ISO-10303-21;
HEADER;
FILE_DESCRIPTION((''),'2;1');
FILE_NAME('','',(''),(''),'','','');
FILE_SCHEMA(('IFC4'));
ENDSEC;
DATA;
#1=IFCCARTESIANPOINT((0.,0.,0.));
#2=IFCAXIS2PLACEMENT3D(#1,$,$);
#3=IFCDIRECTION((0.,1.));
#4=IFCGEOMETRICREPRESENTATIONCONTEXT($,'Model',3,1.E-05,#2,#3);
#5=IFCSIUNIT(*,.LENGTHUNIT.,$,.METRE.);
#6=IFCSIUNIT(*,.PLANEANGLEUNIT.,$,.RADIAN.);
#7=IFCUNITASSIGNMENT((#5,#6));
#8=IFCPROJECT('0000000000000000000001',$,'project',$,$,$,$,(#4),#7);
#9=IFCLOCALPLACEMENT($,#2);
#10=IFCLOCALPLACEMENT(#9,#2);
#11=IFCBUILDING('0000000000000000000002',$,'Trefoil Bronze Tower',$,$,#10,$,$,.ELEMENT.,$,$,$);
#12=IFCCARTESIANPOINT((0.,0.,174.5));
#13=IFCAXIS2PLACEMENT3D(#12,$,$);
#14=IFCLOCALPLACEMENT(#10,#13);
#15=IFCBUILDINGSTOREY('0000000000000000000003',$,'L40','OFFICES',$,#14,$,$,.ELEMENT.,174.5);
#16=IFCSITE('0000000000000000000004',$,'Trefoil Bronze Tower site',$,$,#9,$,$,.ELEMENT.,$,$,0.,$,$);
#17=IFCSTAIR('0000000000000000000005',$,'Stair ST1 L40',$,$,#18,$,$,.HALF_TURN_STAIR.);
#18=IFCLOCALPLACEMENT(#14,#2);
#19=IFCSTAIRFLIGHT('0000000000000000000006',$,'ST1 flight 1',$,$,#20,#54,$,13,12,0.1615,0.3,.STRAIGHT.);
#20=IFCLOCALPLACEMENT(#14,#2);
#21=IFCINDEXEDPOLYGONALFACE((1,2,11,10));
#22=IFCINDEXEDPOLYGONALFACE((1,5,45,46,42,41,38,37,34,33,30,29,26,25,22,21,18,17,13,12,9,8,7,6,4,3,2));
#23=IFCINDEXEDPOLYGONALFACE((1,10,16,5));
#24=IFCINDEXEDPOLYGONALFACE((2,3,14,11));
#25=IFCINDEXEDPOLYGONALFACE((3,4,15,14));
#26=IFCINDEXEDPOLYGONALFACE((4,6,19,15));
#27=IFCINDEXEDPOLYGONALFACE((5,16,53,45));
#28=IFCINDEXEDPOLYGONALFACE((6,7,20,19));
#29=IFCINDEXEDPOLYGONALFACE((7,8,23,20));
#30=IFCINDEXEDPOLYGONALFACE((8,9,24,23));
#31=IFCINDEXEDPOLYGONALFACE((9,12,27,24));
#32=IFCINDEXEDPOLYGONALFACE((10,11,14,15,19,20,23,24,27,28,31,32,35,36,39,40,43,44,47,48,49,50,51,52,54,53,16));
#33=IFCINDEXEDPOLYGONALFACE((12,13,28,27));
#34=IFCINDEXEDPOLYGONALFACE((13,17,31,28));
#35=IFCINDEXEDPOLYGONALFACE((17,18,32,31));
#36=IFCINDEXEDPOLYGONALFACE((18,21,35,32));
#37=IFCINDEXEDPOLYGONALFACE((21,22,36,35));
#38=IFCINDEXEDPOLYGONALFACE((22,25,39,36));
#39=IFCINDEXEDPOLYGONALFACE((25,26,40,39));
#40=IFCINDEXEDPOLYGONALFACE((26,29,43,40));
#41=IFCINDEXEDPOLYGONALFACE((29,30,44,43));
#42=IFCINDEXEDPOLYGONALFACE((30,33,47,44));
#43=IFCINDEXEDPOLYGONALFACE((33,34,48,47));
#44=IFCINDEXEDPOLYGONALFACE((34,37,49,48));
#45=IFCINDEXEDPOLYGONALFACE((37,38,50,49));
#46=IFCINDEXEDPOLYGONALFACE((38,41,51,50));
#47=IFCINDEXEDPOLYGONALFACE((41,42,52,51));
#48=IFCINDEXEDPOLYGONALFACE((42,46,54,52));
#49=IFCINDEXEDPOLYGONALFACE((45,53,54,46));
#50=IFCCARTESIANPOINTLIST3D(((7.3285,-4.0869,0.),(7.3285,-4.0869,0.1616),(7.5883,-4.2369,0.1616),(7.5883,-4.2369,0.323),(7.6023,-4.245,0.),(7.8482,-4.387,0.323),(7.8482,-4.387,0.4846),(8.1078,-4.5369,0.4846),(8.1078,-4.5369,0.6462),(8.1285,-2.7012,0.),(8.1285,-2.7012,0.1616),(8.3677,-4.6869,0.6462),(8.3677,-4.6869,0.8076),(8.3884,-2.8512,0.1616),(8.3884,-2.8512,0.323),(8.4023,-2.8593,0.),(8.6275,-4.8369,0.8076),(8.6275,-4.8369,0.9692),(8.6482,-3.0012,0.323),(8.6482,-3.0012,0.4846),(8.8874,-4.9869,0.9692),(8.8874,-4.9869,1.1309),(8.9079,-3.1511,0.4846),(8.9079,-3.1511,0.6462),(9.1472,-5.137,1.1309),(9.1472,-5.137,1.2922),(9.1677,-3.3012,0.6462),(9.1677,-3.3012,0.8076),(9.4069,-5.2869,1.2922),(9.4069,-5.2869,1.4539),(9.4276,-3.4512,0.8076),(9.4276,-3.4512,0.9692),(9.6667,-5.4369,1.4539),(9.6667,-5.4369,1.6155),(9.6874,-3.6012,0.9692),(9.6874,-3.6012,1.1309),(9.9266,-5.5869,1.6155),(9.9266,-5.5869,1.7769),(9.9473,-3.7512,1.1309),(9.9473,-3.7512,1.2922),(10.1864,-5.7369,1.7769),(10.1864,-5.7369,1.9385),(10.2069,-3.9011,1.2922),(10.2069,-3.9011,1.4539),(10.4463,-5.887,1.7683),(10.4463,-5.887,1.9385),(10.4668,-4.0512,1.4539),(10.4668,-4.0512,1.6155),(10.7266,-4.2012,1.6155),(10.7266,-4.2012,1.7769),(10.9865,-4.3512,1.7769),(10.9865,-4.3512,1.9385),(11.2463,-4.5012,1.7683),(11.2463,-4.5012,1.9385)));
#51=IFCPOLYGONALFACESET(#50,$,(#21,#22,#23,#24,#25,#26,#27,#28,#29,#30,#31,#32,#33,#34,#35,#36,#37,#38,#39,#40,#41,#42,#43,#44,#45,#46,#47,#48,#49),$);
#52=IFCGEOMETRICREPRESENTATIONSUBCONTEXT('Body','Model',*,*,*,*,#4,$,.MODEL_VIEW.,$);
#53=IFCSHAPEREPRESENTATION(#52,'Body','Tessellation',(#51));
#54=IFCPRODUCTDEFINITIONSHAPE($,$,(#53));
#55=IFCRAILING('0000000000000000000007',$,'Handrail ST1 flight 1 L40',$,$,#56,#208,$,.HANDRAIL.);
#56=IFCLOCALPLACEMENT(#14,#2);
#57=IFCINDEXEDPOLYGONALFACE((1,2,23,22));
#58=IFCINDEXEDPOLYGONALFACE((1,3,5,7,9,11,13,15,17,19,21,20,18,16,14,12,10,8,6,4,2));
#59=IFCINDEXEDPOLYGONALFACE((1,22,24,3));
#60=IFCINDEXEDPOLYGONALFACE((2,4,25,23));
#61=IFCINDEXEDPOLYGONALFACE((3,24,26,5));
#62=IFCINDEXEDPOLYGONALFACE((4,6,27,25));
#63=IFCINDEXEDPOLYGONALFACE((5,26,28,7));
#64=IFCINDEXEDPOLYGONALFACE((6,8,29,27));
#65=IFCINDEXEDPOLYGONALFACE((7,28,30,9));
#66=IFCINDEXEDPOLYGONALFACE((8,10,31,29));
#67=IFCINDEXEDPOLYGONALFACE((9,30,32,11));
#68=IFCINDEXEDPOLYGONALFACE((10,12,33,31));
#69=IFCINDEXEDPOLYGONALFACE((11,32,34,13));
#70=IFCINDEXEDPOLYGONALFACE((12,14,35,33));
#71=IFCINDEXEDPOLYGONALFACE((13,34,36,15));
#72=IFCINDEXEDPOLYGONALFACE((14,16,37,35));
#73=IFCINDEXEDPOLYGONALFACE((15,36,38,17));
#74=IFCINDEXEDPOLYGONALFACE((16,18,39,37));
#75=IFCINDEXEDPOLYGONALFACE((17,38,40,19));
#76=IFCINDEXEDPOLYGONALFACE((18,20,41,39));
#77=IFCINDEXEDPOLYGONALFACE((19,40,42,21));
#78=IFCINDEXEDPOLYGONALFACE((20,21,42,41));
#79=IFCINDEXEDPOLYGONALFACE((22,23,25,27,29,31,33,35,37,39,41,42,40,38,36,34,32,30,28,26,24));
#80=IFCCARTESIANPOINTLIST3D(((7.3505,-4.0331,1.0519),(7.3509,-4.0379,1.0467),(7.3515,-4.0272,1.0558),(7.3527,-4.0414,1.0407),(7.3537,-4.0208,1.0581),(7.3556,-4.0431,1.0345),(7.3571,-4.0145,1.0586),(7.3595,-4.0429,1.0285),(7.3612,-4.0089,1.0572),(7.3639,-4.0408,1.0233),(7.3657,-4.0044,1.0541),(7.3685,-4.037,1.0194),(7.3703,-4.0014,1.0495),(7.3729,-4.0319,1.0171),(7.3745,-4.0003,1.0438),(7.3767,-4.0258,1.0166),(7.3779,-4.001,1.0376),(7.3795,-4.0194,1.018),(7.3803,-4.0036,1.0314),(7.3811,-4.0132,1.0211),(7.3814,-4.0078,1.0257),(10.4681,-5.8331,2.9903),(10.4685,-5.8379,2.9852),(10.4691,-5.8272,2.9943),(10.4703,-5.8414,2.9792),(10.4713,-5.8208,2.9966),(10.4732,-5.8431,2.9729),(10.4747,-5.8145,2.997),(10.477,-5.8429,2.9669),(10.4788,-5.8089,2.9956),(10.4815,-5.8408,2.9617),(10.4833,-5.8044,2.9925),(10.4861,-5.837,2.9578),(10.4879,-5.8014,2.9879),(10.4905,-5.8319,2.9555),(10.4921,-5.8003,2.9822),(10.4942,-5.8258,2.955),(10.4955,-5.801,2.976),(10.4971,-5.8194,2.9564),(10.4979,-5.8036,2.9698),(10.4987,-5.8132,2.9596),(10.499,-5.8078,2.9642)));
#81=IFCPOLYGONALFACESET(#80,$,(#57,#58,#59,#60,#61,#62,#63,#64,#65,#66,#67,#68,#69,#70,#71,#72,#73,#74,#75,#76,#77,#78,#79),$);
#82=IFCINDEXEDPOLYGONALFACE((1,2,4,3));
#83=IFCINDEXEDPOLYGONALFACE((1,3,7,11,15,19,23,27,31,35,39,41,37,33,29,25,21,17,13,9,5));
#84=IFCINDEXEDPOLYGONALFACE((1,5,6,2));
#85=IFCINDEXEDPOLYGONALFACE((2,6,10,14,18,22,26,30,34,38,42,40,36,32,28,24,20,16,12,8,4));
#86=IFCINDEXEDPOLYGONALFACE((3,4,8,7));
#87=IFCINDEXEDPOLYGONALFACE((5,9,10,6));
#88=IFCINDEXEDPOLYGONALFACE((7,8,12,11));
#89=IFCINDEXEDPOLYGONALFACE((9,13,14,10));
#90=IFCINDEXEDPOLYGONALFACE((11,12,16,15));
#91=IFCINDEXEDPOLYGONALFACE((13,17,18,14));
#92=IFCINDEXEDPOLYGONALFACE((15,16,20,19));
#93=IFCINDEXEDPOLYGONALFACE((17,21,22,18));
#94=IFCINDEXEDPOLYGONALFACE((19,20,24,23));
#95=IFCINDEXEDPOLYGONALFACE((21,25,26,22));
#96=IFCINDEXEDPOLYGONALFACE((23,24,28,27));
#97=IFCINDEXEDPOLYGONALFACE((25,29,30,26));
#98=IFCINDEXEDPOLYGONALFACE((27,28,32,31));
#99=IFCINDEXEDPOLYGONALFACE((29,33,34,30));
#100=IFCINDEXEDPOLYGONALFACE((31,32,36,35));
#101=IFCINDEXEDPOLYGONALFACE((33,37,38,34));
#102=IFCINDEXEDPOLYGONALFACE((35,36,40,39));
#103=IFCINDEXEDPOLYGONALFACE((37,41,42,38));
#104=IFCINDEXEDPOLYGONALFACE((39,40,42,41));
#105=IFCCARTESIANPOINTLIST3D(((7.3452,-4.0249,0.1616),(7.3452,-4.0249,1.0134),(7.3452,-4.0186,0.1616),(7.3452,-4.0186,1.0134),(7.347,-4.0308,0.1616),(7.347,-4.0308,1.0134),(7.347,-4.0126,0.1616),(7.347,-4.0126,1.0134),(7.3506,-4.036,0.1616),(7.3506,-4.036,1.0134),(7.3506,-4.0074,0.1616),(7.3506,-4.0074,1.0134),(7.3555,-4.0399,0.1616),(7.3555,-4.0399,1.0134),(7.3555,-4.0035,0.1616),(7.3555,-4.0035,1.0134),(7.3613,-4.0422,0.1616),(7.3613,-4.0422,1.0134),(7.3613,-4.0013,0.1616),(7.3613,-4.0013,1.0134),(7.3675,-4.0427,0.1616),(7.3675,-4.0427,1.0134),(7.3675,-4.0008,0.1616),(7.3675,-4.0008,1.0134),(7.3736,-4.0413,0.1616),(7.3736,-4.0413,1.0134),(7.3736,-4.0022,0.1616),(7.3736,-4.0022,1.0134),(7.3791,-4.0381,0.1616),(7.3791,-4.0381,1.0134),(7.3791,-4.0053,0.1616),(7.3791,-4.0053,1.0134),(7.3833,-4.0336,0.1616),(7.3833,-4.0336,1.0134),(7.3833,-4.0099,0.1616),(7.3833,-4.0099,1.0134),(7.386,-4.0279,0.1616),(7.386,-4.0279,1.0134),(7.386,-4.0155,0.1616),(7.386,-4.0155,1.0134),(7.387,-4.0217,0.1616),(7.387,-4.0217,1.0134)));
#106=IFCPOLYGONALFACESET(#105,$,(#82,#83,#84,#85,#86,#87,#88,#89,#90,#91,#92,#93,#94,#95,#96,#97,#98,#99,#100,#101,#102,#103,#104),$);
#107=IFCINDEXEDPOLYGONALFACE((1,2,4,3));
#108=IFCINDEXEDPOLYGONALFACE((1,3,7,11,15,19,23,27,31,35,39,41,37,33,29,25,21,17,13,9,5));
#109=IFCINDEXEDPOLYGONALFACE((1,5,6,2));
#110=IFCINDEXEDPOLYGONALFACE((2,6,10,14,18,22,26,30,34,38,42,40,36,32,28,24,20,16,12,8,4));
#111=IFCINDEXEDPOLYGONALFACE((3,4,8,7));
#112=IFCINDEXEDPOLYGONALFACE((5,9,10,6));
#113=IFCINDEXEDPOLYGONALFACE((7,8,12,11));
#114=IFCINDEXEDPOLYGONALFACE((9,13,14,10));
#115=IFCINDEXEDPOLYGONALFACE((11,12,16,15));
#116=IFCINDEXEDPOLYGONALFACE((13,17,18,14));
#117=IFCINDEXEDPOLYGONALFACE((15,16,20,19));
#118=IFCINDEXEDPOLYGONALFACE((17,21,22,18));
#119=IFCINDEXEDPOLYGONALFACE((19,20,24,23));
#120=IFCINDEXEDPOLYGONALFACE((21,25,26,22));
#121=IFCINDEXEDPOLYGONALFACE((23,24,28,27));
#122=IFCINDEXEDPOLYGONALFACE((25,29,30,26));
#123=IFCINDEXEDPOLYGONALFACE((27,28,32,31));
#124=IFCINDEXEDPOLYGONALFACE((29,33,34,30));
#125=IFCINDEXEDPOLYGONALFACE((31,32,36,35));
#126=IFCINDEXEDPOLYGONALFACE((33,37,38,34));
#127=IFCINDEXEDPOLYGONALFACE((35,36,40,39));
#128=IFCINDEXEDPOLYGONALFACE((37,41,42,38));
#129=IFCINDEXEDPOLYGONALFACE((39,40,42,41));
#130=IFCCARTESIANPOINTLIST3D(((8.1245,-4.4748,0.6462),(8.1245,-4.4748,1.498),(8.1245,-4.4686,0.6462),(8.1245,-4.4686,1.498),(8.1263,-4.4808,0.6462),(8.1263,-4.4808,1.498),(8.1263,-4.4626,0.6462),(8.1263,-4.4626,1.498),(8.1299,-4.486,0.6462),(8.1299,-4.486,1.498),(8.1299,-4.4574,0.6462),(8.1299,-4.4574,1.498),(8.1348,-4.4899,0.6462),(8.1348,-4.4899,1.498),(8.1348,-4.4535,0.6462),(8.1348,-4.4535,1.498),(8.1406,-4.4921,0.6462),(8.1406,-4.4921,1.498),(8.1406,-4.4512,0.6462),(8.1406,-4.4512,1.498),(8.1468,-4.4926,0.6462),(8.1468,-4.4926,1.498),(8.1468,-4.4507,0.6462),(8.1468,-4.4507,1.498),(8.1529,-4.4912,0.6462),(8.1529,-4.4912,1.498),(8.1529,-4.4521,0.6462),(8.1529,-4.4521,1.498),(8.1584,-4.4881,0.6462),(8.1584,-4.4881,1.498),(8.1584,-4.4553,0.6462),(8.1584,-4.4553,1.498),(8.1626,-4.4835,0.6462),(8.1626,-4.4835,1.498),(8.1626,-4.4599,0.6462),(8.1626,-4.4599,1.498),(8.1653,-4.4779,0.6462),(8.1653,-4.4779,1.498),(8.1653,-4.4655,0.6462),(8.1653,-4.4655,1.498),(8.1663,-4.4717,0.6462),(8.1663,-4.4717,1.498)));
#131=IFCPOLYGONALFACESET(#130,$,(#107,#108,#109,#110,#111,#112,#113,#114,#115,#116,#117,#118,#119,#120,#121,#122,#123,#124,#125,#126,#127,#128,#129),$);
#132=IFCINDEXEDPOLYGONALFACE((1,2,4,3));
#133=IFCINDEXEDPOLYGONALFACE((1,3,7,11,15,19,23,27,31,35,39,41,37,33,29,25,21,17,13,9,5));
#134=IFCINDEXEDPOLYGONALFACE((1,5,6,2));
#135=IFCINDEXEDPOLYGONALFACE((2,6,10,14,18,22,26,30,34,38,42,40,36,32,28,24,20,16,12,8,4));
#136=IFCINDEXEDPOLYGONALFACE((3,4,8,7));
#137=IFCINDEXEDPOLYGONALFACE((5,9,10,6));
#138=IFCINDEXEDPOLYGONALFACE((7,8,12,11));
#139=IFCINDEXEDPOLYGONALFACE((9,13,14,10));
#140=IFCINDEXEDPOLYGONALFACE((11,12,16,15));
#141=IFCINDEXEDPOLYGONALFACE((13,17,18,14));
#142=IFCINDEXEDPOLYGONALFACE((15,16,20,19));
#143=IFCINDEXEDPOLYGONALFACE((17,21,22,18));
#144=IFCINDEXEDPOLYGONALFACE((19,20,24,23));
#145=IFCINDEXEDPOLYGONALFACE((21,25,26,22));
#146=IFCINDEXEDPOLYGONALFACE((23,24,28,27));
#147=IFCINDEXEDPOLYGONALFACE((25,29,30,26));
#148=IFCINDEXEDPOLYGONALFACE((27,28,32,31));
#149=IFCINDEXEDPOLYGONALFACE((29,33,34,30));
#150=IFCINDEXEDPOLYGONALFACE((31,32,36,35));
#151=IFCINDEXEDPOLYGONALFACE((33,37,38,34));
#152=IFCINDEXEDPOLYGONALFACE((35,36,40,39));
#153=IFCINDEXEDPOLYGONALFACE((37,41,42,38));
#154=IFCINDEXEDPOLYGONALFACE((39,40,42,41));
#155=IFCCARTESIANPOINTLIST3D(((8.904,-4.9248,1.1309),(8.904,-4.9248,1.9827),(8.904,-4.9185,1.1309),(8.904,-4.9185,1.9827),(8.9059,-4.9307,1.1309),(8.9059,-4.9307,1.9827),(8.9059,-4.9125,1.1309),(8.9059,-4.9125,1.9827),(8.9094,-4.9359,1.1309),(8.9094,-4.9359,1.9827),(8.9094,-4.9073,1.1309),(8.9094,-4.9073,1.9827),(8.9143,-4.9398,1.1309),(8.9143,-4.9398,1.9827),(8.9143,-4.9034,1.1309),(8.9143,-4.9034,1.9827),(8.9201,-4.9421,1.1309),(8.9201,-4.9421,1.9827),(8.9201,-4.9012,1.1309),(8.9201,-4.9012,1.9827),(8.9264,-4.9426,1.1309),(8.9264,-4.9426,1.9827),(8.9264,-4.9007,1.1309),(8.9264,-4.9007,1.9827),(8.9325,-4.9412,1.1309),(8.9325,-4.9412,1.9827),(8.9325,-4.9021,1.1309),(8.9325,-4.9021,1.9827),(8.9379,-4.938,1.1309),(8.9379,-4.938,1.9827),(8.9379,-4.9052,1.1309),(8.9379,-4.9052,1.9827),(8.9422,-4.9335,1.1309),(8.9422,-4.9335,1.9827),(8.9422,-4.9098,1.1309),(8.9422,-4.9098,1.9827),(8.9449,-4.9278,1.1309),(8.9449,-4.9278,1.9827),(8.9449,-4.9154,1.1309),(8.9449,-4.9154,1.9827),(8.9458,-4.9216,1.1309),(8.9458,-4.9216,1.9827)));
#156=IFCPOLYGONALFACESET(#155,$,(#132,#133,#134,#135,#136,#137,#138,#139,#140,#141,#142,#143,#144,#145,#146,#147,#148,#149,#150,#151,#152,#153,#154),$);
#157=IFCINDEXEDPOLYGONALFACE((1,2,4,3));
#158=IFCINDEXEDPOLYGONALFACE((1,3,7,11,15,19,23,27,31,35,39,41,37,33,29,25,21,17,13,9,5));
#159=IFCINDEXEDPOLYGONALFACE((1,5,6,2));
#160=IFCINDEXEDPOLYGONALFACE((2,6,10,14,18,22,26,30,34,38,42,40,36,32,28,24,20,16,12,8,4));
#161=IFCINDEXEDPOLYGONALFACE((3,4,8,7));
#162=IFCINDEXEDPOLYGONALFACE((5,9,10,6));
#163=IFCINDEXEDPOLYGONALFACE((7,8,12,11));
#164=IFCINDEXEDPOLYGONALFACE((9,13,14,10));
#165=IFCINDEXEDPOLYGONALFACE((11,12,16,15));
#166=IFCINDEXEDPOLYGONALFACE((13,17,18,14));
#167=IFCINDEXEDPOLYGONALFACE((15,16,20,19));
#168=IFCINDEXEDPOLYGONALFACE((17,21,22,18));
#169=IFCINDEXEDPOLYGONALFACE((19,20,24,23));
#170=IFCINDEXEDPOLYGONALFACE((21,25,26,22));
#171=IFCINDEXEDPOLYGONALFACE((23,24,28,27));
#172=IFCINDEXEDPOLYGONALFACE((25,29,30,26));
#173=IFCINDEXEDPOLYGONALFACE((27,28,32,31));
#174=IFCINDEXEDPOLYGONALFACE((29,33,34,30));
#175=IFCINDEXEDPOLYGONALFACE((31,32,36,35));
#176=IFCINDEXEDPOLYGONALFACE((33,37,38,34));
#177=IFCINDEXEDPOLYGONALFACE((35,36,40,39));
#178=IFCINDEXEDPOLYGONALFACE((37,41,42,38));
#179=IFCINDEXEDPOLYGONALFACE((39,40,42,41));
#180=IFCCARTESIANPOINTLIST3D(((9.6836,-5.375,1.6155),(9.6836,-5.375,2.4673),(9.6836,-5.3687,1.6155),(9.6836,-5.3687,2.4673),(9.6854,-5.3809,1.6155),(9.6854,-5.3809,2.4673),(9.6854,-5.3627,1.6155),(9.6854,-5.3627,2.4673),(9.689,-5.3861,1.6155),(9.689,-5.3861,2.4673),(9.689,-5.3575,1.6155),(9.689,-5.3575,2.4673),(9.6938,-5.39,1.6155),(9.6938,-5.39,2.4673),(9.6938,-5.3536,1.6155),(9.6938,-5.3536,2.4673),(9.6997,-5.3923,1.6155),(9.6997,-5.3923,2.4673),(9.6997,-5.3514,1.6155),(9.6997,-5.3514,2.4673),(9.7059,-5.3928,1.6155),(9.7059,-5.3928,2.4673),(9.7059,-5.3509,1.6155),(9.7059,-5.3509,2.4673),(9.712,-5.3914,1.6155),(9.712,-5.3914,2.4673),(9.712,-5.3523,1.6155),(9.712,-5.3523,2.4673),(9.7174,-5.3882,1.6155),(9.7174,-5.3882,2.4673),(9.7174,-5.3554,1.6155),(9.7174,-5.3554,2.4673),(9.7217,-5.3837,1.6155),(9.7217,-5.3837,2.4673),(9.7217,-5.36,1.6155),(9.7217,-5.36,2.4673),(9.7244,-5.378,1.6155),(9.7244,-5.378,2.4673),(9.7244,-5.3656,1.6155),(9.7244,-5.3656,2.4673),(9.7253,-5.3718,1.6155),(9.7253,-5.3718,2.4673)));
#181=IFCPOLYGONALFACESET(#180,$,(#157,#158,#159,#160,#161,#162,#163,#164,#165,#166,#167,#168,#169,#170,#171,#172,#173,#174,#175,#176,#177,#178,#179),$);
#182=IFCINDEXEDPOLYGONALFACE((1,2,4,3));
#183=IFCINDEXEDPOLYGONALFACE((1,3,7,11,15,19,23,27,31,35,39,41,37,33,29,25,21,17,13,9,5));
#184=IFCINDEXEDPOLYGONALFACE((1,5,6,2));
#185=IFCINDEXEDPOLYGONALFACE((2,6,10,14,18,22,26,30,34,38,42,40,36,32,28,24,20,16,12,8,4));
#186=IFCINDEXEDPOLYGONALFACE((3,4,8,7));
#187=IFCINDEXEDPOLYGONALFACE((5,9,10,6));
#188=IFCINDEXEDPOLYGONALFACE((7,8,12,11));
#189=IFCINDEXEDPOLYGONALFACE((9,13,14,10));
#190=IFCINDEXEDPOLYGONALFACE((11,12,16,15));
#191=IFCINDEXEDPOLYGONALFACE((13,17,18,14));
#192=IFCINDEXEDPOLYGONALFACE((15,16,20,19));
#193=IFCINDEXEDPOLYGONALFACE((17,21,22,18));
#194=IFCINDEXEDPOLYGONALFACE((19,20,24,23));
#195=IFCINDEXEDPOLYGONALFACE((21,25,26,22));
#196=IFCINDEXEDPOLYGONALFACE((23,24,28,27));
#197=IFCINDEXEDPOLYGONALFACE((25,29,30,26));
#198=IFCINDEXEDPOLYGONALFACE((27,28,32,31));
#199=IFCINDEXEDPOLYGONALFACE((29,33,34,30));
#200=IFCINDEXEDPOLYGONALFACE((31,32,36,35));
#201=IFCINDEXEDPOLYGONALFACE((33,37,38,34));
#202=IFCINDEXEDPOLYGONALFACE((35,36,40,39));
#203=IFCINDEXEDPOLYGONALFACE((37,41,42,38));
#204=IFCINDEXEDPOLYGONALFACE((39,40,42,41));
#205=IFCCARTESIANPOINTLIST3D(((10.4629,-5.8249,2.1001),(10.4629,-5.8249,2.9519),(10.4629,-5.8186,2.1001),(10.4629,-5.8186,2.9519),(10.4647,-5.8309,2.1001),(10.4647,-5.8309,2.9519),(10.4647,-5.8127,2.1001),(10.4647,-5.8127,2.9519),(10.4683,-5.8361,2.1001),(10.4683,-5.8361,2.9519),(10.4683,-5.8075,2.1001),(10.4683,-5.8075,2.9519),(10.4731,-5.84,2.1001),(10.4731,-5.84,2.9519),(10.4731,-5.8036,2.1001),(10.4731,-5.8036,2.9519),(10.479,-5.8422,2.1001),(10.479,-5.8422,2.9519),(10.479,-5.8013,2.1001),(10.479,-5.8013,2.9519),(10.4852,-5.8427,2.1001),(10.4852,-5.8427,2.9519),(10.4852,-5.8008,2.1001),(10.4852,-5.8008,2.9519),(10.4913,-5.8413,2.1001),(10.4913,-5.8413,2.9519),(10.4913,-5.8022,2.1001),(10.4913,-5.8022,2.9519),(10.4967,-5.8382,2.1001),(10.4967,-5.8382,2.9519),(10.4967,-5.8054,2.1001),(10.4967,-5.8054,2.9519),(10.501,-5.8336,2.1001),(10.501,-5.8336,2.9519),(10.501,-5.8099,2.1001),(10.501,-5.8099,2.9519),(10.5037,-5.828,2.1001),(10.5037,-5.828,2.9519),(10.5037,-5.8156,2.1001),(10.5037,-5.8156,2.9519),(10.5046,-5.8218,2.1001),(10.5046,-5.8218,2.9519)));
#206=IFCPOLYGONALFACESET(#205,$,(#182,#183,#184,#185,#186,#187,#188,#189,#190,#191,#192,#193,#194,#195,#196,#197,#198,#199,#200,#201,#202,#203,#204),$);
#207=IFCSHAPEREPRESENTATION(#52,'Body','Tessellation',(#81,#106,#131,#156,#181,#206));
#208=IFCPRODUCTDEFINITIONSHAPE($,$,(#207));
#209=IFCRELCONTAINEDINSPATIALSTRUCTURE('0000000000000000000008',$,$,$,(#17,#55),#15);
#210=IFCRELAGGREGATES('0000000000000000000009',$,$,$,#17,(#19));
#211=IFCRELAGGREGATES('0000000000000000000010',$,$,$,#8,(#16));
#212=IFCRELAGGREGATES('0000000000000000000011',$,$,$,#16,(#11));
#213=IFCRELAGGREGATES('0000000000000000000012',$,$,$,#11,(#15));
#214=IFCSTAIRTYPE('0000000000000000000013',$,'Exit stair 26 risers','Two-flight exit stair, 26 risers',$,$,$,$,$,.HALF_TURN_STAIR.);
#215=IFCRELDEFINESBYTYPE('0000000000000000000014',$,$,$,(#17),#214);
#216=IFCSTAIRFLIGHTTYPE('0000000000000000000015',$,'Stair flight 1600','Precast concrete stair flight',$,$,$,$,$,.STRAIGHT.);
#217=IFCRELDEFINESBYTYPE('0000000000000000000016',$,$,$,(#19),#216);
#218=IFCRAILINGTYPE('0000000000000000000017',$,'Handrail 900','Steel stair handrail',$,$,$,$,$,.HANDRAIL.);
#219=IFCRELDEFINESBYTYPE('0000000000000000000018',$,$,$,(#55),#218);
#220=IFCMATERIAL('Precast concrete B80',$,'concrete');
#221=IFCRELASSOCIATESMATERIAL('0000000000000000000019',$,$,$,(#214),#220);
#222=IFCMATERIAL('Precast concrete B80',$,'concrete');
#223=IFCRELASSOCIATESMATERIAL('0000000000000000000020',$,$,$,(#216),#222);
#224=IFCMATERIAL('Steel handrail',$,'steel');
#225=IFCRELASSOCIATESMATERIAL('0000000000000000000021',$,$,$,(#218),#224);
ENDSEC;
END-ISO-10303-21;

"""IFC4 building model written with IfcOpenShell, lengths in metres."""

from ifc_helpers import new_model, si_unit, direction, frame, origin, origin_2d, place, context, subcontext, project, spatial, polyline, circle, outline, extrude, material, type_object, element, aggregate, save


model = new_model("IFC4")

# Units and contexts
model_context = context("Model", 3, precision=1e-05, world=origin(), true_north=direction((0.0, 1.0)))
body_context = subcontext(model_context, "Body", "Model", "MODEL_VIEW")
ifc_project = project(units=[si_unit("LENGTHUNIT", "METRE"), si_unit("PLANEANGLEUNIT", "RADIAN")], contexts=[model_context])

# Site, building, storey
site_placement = place(None, origin())
site = spatial("IfcSite", under=ifc_project, at=site_placement, Name="Trefoil Bronze Tower site", CompositionType="ELEMENT", RefElevation=0.0)
building_placement = place(site_placement, origin())
building = spatial("IfcBuilding", under=site, at=building_placement, Name="Trefoil Bronze Tower", CompositionType="ELEMENT")
storey_placement = place(building_placement, frame((0.0, 0.0, 174.5)))
storey = spatial("IfcBuildingStorey", under=building, at=storey_placement, Name="L40", Description="OFFICES", CompositionType="ELEMENT", Elevation=174.5)

# Stair
ifc_material_1 = material(Name="Precast concrete B80", Category="concrete")
stair_type = type_object("IfcStairType", Name="Exit stair 26 risers", Description="Two-flight exit stair, 26 risers", PredefinedType="HALF_TURN_STAIR", material=ifc_material_1)
stair_1_placement = place(storey_placement, origin())
stair_1 = element("IfcStair", 1, at=stair_1_placement, inside=storey, type_object=stair_type, Name="Stair ST1 L40", PredefinedType="HALF_TURN_STAIR")

# Stair flight
ifc_material_2 = material(Name="Precast concrete B80", Category="concrete")
stair_flight_type = type_object("IfcStairFlightType", Name="Stair flight 1600", Description="Precast concrete stair flight", PredefinedType="STRAIGHT", material=ifc_material_2)
stair_flight_placement = place(storey_placement, frame((7.7285, -3.394, 0.0), z_axis=(0.0, 0.0, 1.0), x_axis=(0.866025, -0.5, 0.0)))
stair_flight = element("IfcStairFlight", 2, at=stair_flight_placement, type_object=stair_flight_type, Name="ST1 flight 1", NumberOfRisers=13, NumberOfTreads=12, PredefinedType="STRAIGHT", RiserHeight=0.1615, TreadLength=0.3, context=body_context, shape_type="SweptSolid", body=[
    extrude(outline(polyline([(0.0, 0.0), (0.0, 0.1616), (0.3, 0.1616), (0.3, 0.323), (0.6001, 0.323), (0.6001, 0.4846), (0.8999, 0.4846), (0.8999, 0.6462), (1.2, 0.6462), (1.2, 0.8076), (1.5, 0.8076), (1.5, 0.9692), (1.8, 0.9692), (1.8, 1.1309), (2.1001, 1.1309), (2.1001, 1.2922), (2.3999, 1.2922), (2.3999, 1.4539), (2.7, 1.4539), (2.7, 1.6155), (3.0, 1.6155), (3.0, 1.7769), (3.3, 1.7769), (3.3, 1.9385), (3.6001, 1.9385), (3.6001, 2.1001), (3.6001, 1.7683), (0.3162, 0.0), (0.0, 0.0)])), frame((0.0, 0.8, 0.0), z_axis=(0.0, -1.0, 0.0), x_axis=(1.0, 0.0, 0.0)), (0.0, 0.0, 1.0), 1.6001),
])
aggregate(stair_1, [stair_flight])

# Railing
ifc_material_3 = material(Name="Steel handrail", Category="steel")
railing_type = type_object("IfcRailingType", Name="Handrail 900", Description="Steel stair handrail", PredefinedType="HANDRAIL", material=ifc_material_3)
railing_placement = place(storey_placement, frame((7.366, -4.0217, 0.1616)))
element("IfcRailing", 3, at=railing_placement, inside=storey, type_object=railing_type, Name="Handrail ST1 flight 1 L40", PredefinedType="HANDRAIL", context=body_context, shape_type="SweptSolid", body=[
    extrude(circle(Radius=0.0239, at=origin_2d()), frame((0.0, 0.0, 0.876), z_axis=(0.762503, -0.440246, 0.474102), x_axis=(0.500012, 0.866018, 0.0)), (0.0, 0.0, 1.0), 4.0886),
    extrude(circle(Radius=0.021, at=origin_2d()), origin(), (0.0, 0.0, 1.0), 0.8518),
    extrude(circle(Radius=0.021, at=origin_2d()), frame((0.7793, -0.45, 0.4846)), (0.0, 0.0, 1.0), 0.8518),
    extrude(circle(Radius=0.021, at=origin_2d()), frame((1.5588, -0.8999, 0.9692)), (0.0, 0.0, 1.0), 0.8518),
    extrude(circle(Radius=0.021, at=origin_2d()), frame((2.3384, -1.3501, 1.4539)), (0.0, 0.0, 1.0), 0.8518),
    extrude(circle(Radius=0.021, at=origin_2d()), frame((3.1177, -1.8, 1.9385)), (0.0, 0.0, 1.0), 0.8518),
])

save(model, "model.ifc")
